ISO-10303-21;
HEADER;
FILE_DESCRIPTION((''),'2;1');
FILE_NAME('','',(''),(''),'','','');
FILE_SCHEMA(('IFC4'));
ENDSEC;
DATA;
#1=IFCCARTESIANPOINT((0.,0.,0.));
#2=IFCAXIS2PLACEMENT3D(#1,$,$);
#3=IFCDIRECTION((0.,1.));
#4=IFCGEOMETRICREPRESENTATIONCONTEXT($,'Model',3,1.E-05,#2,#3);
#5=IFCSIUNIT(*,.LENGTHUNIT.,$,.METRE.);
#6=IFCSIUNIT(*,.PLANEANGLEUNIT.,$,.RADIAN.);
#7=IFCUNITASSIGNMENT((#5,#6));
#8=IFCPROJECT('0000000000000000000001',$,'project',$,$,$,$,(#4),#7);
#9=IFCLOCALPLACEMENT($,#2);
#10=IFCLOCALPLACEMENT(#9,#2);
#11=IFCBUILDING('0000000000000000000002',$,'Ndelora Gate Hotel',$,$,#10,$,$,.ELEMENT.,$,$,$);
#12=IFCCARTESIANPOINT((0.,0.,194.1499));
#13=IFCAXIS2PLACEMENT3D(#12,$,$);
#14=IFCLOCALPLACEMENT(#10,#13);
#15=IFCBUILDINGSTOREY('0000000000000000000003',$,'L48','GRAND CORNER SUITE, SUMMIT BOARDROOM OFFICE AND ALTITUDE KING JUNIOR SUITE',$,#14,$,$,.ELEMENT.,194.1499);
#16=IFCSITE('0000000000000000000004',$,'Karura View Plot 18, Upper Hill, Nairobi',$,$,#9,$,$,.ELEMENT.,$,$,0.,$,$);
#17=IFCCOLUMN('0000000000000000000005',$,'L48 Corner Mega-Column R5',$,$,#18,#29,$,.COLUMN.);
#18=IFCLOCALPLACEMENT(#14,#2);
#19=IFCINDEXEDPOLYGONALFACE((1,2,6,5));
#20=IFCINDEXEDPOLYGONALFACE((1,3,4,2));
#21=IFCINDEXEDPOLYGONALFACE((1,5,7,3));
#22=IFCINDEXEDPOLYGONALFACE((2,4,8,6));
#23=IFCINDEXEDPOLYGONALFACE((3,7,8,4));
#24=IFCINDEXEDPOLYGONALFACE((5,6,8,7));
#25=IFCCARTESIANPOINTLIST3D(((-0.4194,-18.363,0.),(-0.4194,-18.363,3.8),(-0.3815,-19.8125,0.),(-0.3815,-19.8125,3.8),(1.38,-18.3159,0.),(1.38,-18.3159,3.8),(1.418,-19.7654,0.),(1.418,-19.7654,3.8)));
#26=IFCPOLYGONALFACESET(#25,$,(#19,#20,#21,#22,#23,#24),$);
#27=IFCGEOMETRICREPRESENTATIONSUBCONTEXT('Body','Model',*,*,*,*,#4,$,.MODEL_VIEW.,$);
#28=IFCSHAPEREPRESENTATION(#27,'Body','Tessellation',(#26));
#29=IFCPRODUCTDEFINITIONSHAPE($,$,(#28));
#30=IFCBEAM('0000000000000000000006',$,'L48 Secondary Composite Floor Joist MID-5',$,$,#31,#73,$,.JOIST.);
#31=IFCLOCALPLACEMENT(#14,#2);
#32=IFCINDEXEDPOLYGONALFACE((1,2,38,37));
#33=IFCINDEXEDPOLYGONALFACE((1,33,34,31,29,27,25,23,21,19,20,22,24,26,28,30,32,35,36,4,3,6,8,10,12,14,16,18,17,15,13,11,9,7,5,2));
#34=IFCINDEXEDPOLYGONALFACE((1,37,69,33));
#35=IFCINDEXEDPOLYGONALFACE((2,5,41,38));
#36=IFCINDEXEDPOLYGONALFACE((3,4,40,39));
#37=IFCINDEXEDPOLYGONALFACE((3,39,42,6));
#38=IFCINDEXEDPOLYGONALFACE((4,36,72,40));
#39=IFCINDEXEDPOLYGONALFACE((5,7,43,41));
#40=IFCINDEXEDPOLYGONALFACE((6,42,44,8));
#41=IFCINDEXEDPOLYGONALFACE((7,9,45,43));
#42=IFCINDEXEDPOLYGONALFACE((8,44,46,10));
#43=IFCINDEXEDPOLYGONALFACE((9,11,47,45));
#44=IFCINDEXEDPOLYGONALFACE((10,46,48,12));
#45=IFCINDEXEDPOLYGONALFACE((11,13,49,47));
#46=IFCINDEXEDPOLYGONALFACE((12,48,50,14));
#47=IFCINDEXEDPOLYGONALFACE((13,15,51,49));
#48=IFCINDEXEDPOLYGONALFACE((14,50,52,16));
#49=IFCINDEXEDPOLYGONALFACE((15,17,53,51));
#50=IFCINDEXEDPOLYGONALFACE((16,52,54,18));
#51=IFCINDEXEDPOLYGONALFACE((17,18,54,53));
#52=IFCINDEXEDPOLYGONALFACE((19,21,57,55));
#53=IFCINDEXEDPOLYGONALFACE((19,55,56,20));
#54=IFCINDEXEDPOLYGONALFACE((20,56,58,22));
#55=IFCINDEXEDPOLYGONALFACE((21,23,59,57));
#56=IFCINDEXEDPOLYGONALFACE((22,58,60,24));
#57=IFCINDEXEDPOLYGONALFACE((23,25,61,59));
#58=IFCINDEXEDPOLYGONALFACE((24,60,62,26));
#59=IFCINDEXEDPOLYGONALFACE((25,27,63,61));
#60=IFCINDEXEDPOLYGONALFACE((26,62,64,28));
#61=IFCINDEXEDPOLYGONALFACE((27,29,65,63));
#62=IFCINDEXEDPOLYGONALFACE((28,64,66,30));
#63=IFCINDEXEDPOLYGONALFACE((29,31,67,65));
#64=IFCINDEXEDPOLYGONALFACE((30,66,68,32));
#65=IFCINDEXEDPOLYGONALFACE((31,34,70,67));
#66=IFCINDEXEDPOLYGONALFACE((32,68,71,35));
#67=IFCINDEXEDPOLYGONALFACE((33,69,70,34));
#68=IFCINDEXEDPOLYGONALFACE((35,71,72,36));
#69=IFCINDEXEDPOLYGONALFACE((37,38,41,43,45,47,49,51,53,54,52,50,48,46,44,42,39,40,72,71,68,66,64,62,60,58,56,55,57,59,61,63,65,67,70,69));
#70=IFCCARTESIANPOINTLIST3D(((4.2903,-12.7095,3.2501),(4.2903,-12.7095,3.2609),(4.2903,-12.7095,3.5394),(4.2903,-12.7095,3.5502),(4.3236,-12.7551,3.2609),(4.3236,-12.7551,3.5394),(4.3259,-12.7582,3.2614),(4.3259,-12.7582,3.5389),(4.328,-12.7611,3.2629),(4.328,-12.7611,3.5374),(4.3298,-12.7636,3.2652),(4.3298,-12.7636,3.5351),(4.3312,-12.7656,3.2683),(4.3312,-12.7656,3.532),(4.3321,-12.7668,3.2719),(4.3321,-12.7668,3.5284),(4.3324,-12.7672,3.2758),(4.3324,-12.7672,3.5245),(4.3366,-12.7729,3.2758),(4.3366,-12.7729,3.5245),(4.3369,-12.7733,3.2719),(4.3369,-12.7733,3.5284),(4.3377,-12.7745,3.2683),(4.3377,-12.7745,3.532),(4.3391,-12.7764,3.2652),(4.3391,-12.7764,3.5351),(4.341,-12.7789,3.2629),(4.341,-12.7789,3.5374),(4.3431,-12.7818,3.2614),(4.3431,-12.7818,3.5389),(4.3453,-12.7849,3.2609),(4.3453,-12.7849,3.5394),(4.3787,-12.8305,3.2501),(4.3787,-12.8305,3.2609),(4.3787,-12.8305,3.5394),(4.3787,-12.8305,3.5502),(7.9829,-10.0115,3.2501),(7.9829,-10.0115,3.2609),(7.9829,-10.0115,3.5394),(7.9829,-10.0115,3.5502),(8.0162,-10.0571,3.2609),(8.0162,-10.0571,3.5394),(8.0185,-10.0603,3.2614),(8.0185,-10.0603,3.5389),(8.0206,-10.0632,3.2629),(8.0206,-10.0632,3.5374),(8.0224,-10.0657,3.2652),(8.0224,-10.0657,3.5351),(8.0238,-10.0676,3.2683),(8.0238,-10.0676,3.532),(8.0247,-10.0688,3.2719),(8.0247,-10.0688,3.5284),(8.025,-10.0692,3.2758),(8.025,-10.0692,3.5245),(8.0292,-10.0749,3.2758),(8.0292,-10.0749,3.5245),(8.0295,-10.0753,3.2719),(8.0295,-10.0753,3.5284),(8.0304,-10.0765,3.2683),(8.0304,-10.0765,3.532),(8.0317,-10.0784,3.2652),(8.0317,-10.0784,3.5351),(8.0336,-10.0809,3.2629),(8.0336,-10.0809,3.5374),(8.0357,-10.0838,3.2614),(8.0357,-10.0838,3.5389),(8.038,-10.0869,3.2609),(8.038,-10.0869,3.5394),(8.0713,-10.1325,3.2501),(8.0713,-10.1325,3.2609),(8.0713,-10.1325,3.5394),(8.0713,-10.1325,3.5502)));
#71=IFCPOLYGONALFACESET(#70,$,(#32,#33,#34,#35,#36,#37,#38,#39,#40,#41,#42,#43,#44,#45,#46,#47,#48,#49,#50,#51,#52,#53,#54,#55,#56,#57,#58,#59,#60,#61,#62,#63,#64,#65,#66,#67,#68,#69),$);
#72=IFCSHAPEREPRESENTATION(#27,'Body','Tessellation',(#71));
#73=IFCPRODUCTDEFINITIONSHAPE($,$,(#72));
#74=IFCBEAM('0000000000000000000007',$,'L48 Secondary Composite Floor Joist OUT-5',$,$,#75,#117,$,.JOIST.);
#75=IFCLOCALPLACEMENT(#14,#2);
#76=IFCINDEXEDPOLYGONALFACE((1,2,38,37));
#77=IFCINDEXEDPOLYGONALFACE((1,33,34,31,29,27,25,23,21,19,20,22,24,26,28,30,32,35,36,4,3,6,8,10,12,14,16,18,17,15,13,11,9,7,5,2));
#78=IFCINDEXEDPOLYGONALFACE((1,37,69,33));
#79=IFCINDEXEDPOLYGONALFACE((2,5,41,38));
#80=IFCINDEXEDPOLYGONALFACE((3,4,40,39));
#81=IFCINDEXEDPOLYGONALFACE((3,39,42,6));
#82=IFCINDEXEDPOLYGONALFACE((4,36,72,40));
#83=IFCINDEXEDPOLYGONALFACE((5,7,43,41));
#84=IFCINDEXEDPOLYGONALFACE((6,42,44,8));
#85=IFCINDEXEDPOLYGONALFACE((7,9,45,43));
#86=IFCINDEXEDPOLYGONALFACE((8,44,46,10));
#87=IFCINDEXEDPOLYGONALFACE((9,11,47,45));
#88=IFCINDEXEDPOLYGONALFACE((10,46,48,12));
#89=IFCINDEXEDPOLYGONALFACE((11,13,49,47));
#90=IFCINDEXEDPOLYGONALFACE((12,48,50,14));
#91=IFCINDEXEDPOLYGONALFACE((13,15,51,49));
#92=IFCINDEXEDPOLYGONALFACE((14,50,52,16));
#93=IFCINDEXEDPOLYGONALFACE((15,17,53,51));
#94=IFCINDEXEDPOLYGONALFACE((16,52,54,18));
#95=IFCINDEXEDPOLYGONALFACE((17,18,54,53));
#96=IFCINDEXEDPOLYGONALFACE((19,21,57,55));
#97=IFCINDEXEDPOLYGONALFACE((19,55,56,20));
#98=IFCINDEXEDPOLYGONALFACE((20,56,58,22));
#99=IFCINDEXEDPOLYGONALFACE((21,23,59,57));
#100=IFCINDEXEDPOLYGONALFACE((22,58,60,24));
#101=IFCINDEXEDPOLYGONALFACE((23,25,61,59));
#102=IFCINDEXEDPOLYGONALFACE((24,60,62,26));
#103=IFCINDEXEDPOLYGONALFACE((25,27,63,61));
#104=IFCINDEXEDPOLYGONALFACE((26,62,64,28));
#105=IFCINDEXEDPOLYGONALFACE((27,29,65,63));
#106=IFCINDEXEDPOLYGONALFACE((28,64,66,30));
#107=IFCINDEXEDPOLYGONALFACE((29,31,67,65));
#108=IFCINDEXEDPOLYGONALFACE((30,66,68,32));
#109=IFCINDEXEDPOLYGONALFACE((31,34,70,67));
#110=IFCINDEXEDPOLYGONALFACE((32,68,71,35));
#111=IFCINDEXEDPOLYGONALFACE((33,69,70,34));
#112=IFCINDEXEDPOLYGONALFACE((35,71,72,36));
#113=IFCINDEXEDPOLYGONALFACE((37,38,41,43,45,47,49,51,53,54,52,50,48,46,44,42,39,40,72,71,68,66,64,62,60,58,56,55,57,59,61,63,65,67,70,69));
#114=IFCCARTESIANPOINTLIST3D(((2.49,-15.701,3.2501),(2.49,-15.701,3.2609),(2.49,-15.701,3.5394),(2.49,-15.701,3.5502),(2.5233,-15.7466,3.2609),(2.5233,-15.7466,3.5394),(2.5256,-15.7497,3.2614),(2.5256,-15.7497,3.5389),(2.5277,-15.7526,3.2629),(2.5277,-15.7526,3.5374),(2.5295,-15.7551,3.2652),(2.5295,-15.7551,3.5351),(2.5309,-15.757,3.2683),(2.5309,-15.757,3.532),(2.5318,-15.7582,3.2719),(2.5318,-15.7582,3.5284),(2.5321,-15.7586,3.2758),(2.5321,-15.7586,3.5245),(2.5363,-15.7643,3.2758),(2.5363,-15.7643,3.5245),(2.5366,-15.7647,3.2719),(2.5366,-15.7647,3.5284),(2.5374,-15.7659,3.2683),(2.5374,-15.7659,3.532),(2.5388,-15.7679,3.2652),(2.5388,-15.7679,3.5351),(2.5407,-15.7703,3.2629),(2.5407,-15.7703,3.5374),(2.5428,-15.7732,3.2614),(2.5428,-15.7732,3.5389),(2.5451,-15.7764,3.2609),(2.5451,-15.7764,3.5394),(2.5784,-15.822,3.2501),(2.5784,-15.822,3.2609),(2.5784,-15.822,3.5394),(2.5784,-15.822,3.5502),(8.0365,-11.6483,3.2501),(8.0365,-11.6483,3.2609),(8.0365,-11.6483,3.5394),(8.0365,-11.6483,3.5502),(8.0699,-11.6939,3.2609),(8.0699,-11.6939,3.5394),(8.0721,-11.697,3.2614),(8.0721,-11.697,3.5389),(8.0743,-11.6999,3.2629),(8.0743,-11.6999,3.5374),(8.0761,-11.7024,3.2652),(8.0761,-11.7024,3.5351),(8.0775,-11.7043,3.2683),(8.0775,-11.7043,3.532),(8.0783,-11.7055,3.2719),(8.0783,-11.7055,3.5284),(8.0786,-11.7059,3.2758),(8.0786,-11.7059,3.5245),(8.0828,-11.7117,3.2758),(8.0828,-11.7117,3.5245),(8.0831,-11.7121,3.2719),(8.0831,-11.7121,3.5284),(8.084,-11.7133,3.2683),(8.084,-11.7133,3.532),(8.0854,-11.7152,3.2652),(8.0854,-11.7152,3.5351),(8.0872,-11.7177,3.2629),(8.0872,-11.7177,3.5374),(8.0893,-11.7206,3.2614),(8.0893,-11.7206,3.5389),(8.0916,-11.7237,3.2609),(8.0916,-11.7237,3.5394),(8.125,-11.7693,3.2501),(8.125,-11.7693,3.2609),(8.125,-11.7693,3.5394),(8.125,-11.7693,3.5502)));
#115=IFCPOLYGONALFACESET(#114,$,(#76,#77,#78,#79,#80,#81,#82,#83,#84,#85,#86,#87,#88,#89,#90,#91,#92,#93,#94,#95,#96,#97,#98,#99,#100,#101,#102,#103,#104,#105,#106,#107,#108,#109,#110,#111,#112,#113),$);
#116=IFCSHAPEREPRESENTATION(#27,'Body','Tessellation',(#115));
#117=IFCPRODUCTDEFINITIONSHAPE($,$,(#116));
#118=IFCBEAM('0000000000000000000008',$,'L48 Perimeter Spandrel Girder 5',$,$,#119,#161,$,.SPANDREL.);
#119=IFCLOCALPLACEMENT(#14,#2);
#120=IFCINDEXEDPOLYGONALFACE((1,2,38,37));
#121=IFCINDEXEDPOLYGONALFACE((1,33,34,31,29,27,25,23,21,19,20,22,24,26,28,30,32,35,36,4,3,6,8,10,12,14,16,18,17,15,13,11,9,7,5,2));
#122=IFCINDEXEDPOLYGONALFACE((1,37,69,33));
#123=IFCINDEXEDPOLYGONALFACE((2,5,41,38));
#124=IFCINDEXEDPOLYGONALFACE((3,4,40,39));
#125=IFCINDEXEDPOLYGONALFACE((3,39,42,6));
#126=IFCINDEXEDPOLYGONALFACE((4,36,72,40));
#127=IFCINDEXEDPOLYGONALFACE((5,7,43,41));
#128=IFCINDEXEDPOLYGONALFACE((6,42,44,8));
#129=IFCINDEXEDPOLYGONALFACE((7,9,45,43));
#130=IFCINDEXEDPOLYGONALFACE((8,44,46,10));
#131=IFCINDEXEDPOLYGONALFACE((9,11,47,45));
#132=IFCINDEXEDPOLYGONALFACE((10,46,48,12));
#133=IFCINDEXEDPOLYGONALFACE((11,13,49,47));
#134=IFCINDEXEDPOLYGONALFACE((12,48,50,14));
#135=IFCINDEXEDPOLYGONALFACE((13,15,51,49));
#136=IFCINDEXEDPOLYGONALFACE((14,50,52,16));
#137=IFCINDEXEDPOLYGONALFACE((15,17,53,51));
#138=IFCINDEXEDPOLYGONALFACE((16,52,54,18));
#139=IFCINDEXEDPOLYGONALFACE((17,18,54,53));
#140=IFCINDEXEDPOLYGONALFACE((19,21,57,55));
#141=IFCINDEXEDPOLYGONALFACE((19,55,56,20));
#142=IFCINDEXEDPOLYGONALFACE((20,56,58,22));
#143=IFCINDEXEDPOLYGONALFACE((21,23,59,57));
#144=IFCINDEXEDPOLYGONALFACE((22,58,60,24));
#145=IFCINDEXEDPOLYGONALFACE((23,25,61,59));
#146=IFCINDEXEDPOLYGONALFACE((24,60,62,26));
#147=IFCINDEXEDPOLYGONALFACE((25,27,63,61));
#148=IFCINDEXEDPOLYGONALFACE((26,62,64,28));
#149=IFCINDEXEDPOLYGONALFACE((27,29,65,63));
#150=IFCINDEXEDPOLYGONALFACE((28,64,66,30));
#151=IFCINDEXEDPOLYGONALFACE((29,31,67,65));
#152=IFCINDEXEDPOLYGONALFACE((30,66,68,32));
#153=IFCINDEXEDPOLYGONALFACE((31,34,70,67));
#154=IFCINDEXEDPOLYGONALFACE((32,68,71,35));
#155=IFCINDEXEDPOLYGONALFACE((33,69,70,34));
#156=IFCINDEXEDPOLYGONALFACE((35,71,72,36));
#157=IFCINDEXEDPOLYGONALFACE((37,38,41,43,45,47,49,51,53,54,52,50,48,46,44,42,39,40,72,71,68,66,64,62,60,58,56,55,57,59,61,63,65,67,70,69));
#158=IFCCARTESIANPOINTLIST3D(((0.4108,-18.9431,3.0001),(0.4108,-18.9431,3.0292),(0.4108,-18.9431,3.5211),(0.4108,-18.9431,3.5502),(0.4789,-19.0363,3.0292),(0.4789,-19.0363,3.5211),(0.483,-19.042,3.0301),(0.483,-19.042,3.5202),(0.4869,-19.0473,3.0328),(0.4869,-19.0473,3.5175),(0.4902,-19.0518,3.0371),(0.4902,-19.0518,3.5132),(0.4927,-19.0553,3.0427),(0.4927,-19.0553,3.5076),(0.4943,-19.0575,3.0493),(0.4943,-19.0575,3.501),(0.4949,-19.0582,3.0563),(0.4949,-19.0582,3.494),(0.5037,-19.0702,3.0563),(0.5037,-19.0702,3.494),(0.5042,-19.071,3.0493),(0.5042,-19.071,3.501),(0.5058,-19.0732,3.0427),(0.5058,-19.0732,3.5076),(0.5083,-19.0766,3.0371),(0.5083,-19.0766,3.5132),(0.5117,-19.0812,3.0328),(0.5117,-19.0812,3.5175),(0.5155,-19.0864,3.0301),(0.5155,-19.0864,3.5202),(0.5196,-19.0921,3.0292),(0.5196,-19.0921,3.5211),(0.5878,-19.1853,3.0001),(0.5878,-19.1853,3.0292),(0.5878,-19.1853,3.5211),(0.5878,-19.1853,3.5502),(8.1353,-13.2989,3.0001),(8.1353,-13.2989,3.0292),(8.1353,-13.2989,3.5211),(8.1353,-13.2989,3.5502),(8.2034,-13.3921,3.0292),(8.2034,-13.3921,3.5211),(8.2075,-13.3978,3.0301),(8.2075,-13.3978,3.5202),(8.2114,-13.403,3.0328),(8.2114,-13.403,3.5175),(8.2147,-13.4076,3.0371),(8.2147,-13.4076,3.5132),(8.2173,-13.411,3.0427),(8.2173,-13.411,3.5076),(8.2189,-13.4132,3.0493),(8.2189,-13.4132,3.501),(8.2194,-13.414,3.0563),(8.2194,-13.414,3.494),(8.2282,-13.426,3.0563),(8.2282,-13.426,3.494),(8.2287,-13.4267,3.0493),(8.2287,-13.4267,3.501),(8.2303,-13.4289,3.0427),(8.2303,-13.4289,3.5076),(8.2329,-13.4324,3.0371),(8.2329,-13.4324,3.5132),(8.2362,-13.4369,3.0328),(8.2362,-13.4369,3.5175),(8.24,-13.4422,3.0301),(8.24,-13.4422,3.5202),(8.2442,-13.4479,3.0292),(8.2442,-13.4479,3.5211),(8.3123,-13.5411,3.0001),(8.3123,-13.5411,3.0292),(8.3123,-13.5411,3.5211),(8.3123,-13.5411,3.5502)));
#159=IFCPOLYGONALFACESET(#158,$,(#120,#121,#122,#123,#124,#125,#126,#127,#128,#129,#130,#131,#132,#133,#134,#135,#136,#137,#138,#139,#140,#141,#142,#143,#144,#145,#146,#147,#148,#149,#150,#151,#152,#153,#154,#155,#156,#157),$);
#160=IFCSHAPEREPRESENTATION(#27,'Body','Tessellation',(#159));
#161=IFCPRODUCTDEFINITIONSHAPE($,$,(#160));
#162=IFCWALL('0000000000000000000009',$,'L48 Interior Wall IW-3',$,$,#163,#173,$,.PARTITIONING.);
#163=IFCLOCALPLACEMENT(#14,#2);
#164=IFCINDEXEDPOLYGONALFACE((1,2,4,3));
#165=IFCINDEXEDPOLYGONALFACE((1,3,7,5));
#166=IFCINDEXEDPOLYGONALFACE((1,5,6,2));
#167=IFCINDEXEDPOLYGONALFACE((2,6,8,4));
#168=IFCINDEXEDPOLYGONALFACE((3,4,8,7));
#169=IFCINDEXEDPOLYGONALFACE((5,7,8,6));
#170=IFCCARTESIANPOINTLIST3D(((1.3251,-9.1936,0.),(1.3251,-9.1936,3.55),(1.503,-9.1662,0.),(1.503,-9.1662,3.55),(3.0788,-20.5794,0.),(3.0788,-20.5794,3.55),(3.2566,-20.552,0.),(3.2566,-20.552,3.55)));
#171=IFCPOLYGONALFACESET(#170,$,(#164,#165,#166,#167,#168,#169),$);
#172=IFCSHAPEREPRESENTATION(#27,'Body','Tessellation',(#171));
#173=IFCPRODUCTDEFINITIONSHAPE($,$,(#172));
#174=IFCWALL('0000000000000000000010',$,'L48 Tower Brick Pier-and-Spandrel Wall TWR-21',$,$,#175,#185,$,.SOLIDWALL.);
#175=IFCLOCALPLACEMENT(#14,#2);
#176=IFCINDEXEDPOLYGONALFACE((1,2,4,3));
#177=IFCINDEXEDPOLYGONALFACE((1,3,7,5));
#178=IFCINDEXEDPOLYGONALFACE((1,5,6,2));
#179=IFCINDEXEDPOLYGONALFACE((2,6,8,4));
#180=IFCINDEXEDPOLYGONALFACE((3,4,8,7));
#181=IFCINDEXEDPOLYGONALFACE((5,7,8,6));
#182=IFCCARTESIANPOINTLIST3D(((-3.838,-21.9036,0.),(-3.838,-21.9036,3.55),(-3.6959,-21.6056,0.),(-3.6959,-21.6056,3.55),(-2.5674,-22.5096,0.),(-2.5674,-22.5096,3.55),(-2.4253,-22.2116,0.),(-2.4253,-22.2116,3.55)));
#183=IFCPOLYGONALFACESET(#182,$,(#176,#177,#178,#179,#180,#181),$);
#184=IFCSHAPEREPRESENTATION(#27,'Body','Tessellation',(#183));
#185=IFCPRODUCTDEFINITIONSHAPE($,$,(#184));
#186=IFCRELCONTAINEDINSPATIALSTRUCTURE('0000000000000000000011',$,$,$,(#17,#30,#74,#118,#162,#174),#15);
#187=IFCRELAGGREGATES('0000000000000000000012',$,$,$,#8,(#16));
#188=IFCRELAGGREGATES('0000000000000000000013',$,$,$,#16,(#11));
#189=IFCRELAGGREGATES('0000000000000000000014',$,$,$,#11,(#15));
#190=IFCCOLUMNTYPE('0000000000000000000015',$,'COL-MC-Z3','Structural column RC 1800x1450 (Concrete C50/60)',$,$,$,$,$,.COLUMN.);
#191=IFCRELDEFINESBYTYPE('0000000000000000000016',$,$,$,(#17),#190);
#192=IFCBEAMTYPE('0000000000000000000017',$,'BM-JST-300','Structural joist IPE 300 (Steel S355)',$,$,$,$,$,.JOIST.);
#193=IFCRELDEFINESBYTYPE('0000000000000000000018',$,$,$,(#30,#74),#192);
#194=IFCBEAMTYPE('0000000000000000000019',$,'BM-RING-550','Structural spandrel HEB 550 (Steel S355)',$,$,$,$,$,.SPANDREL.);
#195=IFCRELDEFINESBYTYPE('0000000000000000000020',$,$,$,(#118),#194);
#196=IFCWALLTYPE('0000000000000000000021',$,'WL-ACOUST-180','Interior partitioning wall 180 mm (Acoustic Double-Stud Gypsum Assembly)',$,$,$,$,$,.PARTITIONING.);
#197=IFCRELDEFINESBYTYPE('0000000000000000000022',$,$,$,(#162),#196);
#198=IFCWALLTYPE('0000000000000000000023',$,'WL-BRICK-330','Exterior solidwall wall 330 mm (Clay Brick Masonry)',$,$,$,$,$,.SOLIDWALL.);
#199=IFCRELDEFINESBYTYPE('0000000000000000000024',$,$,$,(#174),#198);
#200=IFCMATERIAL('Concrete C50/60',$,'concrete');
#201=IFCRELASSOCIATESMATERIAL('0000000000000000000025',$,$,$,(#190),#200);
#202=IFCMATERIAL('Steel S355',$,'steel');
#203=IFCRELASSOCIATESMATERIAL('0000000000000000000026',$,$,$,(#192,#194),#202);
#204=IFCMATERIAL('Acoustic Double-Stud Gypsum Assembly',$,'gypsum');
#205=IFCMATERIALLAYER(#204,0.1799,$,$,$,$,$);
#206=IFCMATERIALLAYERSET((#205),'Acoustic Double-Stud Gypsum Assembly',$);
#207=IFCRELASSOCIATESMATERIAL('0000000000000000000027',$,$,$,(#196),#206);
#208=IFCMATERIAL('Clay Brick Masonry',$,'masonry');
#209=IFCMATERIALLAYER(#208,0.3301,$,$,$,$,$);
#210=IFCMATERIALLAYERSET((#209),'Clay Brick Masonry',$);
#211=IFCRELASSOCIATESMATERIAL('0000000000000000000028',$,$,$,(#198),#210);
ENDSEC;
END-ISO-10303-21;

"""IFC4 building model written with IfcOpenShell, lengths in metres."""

from ifc_helpers import new_model, si_unit, direction, frame, frame_2d, origin, origin_2d, place, context, subcontext, project, spatial, rectangle, i_section, extrude, material, layer, layer_set, material_profile, profile_set, type_object, element, save


model = new_model("IFC4")

# Units and contexts
model_context = context("Model", 3, precision=1e-05, world=origin(), true_north=direction((0.0, 1.0)))
body_context = subcontext(model_context, "Body", "Model", "MODEL_VIEW")
ifc_project = project(units=[si_unit("LENGTHUNIT", "METRE"), si_unit("PLANEANGLEUNIT", "RADIAN")], contexts=[model_context])

# Site, building, storey
site_placement = place(None, origin())
site = spatial("IfcSite", under=ifc_project, at=site_placement, Name="Karura View Plot 18, Upper Hill, Nairobi", CompositionType="ELEMENT", RefElevation=0.0)
building_placement = place(site_placement, origin())
building = spatial("IfcBuilding", under=site, at=building_placement, Name="Ndelora Gate Hotel", CompositionType="ELEMENT")
storey_placement = place(building_placement, frame((0.0, 0.0, 194.1499)))
storey = spatial("IfcBuildingStorey", under=building, at=storey_placement, Name="L48", Description="GRAND CORNER SUITE, SUMMIT BOARDROOM OFFICE AND ALTITUDE KING JUNIOR SUITE", CompositionType="ELEMENT", Elevation=194.1499)

# Column
ifc_material_1 = material(Name="Concrete C50/60", Category="concrete")
ifc_material_profile_1 = material_profile(ifc_material_1, rectangle(XDim=1.45, YDim=1.8, at=origin_2d()), Name="RC 1800x1450")
ifc_profile_set_1 = profile_set([ifc_material_profile_1], Name="Concrete C50/60")
column_type = type_object("IfcColumnType", Name="COL-MC-Z3", Description="Structural column RC 1800x1450 (Concrete C50/60)", PredefinedType="COLUMN", material=ifc_profile_set_1)
column_placement = place(storey_placement, frame((0.4993, -19.0642, 0.0), z_axis=(0.0, 0.0, 1.0), x_axis=(-0.026177, 0.999657, 0.0)))
element("IfcColumn", 1, at=column_placement, inside=storey, type_object=column_type, Name="L48 Corner Mega-Column R5", PredefinedType="COLUMN", context=body_context, shape_type="SweptSolid", body=[
    extrude(rectangle(XDim=1.45, YDim=1.8, at=origin_2d()), origin(), (0.0, 0.0, 1.0), 3.8),
])

# Beams
ifc_material_2 = material(Name="Steel S355", Category="steel")
ifc_material_profile_2 = material_profile(ifc_material_2, i_section(OverallWidth=0.1499, OverallDepth=0.3, WebThickness=0.0071, FlangeThickness=0.0107, FilletRadius=0.0149, at=origin_2d()), Name="IPE 300")
ifc_profile_set_2 = profile_set([ifc_material_profile_2], Name="Steel S355")
beam_type_1 = type_object("IfcBeamType", Name="BM-JST-300", Description="Structural joist IPE 300 (Steel S355)", PredefinedType="JOIST", material=ifc_profile_set_2)
beam_1_placement = place(storey_placement, frame((4.3345, -12.77, 3.4001), z_axis=(0.807439, 0.589951, 0.0), x_axis=(-0.589951, 0.807439, 0.0)))
element("IfcBeam", 2, at=beam_1_placement, inside=storey, type_object=beam_type_1, Name="L48 Secondary Composite Floor Joist MID-5", PredefinedType="JOIST", context=body_context, shape_type="SweptSolid", body=[
    extrude(i_section(OverallWidth=0.1499, OverallDepth=0.3, WebThickness=0.0071, FlangeThickness=0.0107, FilletRadius=0.0149, at=origin_2d()), origin(), (0.0, 0.0, 1.0), 4.5732),
])
beam_2_placement = place(storey_placement, frame((2.5342, -15.7615, 3.4001), z_axis=(0.807431, 0.589962, 0.0), x_axis=(-0.589962, 0.807431, 0.0)))
element("IfcBeam", 3, at=beam_2_placement, inside=storey, type_object=beam_type_1, Name="L48 Secondary Composite Floor Joist OUT-5", PredefinedType="JOIST", context=body_context, shape_type="SweptSolid", body=[
    extrude(i_section(OverallWidth=0.1499, OverallDepth=0.3, WebThickness=0.0071, FlangeThickness=0.0107, FilletRadius=0.0149, at=origin_2d()), origin(), (0.0, 0.0, 1.0), 6.8694),
])
ifc_material_profile_3 = material_profile(ifc_material_2, i_section(OverallWidth=0.3, OverallDepth=0.55, WebThickness=0.0149, FlangeThickness=0.0291, FilletRadius=0.0271, at=origin_2d()), Name="HEB 550")
ifc_profile_set_3 = profile_set([ifc_material_profile_3], Name="Steel S355")
beam_type_2 = type_object("IfcBeamType", Name="BM-RING-550", Description="Structural spandrel HEB 550 (Steel S355)", PredefinedType="SPANDREL", material=ifc_profile_set_3)
beam_3_placement = place(storey_placement, frame((0.4993, -19.0642, 3.2751), z_axis=(0.807422, 0.589974, 0.0), x_axis=(-0.589974, 0.807422, 0.0)))
element("IfcBeam", 4, at=beam_3_placement, inside=storey, type_object=beam_type_2, Name="L48 Perimeter Spandrel Girder 5", PredefinedType="SPANDREL", context=body_context, shape_type="SweptSolid", body=[
    extrude(i_section(OverallWidth=0.3, OverallDepth=0.55, WebThickness=0.0149, FlangeThickness=0.0291, FilletRadius=0.0271, at=origin_2d()), origin(), (0.0, 0.0, 1.0), 9.5669),
])

# Walls
ifc_material_3 = material(Name="Acoustic Double-Stud Gypsum Assembly", Category="gypsum")
ifc_layer_1 = layer(ifc_material_3, 0.1799)
ifc_layer_set_1 = layer_set([ifc_layer_1], Name="Acoustic Double-Stud Gypsum Assembly")
wall_type_1 = type_object("IfcWallType", Name="WL-ACOUST-180", Description="Interior partitioning wall 180 mm (Acoustic Double-Stud Gypsum Assembly)", PredefinedType="PARTITIONING", material=ifc_layer_set_1)
wall_1_placement = place(storey_placement, frame((1.4141, -9.1799, 0.0), z_axis=(0.0, 0.0, 1.0), x_axis=(0.152228, -0.988345, 0.0)))
element("IfcWall", 5, at=wall_1_placement, inside=storey, type_object=wall_type_1, Name="L48 Interior Wall IW-3", PredefinedType="PARTITIONING", context=body_context, shape_type="SweptSolid", body=[
    extrude(rectangle(XDim=11.52, YDim=0.1799, at=frame_2d((5.76, 0.0))), origin(), (0.0, 0.0, 1.0), 3.55),
])
ifc_material_4 = material(Name="Clay Brick Masonry", Category="masonry")
ifc_layer_2 = layer(ifc_material_4, 0.3301)
ifc_layer_set_2 = layer_set([ifc_layer_2], Name="Clay Brick Masonry")
wall_type_2 = type_object("IfcWallType", Name="WL-BRICK-330", Description="Exterior solidwall wall 330 mm (Clay Brick Masonry)", PredefinedType="SOLIDWALL", material=ifc_layer_set_2)
for number, where, z_axis, x_axis, name in (
    (6, (-2.4963, -22.3606, 0.0), (0.0, 0.0, 1.0), (-0.902597, 0.430486, 0.0), "L48 Tower Brick Pier-and-Spandrel Wall TWR-21"),
):
    element("IfcWall", number, at=place(storey_placement, frame(where, z_axis=z_axis, x_axis=x_axis)), inside=storey, type_object=wall_type_2, Name=name, PredefinedType="SOLIDWALL", context=body_context, shape_type="SweptSolid", body=[
        extrude(rectangle(XDim=1.4077, YDim=0.3301, at=frame_2d((0.7039, 0.0))), origin(), (0.0, 0.0, 1.0), 3.55),
    ])

save(model, "model.ifc")
